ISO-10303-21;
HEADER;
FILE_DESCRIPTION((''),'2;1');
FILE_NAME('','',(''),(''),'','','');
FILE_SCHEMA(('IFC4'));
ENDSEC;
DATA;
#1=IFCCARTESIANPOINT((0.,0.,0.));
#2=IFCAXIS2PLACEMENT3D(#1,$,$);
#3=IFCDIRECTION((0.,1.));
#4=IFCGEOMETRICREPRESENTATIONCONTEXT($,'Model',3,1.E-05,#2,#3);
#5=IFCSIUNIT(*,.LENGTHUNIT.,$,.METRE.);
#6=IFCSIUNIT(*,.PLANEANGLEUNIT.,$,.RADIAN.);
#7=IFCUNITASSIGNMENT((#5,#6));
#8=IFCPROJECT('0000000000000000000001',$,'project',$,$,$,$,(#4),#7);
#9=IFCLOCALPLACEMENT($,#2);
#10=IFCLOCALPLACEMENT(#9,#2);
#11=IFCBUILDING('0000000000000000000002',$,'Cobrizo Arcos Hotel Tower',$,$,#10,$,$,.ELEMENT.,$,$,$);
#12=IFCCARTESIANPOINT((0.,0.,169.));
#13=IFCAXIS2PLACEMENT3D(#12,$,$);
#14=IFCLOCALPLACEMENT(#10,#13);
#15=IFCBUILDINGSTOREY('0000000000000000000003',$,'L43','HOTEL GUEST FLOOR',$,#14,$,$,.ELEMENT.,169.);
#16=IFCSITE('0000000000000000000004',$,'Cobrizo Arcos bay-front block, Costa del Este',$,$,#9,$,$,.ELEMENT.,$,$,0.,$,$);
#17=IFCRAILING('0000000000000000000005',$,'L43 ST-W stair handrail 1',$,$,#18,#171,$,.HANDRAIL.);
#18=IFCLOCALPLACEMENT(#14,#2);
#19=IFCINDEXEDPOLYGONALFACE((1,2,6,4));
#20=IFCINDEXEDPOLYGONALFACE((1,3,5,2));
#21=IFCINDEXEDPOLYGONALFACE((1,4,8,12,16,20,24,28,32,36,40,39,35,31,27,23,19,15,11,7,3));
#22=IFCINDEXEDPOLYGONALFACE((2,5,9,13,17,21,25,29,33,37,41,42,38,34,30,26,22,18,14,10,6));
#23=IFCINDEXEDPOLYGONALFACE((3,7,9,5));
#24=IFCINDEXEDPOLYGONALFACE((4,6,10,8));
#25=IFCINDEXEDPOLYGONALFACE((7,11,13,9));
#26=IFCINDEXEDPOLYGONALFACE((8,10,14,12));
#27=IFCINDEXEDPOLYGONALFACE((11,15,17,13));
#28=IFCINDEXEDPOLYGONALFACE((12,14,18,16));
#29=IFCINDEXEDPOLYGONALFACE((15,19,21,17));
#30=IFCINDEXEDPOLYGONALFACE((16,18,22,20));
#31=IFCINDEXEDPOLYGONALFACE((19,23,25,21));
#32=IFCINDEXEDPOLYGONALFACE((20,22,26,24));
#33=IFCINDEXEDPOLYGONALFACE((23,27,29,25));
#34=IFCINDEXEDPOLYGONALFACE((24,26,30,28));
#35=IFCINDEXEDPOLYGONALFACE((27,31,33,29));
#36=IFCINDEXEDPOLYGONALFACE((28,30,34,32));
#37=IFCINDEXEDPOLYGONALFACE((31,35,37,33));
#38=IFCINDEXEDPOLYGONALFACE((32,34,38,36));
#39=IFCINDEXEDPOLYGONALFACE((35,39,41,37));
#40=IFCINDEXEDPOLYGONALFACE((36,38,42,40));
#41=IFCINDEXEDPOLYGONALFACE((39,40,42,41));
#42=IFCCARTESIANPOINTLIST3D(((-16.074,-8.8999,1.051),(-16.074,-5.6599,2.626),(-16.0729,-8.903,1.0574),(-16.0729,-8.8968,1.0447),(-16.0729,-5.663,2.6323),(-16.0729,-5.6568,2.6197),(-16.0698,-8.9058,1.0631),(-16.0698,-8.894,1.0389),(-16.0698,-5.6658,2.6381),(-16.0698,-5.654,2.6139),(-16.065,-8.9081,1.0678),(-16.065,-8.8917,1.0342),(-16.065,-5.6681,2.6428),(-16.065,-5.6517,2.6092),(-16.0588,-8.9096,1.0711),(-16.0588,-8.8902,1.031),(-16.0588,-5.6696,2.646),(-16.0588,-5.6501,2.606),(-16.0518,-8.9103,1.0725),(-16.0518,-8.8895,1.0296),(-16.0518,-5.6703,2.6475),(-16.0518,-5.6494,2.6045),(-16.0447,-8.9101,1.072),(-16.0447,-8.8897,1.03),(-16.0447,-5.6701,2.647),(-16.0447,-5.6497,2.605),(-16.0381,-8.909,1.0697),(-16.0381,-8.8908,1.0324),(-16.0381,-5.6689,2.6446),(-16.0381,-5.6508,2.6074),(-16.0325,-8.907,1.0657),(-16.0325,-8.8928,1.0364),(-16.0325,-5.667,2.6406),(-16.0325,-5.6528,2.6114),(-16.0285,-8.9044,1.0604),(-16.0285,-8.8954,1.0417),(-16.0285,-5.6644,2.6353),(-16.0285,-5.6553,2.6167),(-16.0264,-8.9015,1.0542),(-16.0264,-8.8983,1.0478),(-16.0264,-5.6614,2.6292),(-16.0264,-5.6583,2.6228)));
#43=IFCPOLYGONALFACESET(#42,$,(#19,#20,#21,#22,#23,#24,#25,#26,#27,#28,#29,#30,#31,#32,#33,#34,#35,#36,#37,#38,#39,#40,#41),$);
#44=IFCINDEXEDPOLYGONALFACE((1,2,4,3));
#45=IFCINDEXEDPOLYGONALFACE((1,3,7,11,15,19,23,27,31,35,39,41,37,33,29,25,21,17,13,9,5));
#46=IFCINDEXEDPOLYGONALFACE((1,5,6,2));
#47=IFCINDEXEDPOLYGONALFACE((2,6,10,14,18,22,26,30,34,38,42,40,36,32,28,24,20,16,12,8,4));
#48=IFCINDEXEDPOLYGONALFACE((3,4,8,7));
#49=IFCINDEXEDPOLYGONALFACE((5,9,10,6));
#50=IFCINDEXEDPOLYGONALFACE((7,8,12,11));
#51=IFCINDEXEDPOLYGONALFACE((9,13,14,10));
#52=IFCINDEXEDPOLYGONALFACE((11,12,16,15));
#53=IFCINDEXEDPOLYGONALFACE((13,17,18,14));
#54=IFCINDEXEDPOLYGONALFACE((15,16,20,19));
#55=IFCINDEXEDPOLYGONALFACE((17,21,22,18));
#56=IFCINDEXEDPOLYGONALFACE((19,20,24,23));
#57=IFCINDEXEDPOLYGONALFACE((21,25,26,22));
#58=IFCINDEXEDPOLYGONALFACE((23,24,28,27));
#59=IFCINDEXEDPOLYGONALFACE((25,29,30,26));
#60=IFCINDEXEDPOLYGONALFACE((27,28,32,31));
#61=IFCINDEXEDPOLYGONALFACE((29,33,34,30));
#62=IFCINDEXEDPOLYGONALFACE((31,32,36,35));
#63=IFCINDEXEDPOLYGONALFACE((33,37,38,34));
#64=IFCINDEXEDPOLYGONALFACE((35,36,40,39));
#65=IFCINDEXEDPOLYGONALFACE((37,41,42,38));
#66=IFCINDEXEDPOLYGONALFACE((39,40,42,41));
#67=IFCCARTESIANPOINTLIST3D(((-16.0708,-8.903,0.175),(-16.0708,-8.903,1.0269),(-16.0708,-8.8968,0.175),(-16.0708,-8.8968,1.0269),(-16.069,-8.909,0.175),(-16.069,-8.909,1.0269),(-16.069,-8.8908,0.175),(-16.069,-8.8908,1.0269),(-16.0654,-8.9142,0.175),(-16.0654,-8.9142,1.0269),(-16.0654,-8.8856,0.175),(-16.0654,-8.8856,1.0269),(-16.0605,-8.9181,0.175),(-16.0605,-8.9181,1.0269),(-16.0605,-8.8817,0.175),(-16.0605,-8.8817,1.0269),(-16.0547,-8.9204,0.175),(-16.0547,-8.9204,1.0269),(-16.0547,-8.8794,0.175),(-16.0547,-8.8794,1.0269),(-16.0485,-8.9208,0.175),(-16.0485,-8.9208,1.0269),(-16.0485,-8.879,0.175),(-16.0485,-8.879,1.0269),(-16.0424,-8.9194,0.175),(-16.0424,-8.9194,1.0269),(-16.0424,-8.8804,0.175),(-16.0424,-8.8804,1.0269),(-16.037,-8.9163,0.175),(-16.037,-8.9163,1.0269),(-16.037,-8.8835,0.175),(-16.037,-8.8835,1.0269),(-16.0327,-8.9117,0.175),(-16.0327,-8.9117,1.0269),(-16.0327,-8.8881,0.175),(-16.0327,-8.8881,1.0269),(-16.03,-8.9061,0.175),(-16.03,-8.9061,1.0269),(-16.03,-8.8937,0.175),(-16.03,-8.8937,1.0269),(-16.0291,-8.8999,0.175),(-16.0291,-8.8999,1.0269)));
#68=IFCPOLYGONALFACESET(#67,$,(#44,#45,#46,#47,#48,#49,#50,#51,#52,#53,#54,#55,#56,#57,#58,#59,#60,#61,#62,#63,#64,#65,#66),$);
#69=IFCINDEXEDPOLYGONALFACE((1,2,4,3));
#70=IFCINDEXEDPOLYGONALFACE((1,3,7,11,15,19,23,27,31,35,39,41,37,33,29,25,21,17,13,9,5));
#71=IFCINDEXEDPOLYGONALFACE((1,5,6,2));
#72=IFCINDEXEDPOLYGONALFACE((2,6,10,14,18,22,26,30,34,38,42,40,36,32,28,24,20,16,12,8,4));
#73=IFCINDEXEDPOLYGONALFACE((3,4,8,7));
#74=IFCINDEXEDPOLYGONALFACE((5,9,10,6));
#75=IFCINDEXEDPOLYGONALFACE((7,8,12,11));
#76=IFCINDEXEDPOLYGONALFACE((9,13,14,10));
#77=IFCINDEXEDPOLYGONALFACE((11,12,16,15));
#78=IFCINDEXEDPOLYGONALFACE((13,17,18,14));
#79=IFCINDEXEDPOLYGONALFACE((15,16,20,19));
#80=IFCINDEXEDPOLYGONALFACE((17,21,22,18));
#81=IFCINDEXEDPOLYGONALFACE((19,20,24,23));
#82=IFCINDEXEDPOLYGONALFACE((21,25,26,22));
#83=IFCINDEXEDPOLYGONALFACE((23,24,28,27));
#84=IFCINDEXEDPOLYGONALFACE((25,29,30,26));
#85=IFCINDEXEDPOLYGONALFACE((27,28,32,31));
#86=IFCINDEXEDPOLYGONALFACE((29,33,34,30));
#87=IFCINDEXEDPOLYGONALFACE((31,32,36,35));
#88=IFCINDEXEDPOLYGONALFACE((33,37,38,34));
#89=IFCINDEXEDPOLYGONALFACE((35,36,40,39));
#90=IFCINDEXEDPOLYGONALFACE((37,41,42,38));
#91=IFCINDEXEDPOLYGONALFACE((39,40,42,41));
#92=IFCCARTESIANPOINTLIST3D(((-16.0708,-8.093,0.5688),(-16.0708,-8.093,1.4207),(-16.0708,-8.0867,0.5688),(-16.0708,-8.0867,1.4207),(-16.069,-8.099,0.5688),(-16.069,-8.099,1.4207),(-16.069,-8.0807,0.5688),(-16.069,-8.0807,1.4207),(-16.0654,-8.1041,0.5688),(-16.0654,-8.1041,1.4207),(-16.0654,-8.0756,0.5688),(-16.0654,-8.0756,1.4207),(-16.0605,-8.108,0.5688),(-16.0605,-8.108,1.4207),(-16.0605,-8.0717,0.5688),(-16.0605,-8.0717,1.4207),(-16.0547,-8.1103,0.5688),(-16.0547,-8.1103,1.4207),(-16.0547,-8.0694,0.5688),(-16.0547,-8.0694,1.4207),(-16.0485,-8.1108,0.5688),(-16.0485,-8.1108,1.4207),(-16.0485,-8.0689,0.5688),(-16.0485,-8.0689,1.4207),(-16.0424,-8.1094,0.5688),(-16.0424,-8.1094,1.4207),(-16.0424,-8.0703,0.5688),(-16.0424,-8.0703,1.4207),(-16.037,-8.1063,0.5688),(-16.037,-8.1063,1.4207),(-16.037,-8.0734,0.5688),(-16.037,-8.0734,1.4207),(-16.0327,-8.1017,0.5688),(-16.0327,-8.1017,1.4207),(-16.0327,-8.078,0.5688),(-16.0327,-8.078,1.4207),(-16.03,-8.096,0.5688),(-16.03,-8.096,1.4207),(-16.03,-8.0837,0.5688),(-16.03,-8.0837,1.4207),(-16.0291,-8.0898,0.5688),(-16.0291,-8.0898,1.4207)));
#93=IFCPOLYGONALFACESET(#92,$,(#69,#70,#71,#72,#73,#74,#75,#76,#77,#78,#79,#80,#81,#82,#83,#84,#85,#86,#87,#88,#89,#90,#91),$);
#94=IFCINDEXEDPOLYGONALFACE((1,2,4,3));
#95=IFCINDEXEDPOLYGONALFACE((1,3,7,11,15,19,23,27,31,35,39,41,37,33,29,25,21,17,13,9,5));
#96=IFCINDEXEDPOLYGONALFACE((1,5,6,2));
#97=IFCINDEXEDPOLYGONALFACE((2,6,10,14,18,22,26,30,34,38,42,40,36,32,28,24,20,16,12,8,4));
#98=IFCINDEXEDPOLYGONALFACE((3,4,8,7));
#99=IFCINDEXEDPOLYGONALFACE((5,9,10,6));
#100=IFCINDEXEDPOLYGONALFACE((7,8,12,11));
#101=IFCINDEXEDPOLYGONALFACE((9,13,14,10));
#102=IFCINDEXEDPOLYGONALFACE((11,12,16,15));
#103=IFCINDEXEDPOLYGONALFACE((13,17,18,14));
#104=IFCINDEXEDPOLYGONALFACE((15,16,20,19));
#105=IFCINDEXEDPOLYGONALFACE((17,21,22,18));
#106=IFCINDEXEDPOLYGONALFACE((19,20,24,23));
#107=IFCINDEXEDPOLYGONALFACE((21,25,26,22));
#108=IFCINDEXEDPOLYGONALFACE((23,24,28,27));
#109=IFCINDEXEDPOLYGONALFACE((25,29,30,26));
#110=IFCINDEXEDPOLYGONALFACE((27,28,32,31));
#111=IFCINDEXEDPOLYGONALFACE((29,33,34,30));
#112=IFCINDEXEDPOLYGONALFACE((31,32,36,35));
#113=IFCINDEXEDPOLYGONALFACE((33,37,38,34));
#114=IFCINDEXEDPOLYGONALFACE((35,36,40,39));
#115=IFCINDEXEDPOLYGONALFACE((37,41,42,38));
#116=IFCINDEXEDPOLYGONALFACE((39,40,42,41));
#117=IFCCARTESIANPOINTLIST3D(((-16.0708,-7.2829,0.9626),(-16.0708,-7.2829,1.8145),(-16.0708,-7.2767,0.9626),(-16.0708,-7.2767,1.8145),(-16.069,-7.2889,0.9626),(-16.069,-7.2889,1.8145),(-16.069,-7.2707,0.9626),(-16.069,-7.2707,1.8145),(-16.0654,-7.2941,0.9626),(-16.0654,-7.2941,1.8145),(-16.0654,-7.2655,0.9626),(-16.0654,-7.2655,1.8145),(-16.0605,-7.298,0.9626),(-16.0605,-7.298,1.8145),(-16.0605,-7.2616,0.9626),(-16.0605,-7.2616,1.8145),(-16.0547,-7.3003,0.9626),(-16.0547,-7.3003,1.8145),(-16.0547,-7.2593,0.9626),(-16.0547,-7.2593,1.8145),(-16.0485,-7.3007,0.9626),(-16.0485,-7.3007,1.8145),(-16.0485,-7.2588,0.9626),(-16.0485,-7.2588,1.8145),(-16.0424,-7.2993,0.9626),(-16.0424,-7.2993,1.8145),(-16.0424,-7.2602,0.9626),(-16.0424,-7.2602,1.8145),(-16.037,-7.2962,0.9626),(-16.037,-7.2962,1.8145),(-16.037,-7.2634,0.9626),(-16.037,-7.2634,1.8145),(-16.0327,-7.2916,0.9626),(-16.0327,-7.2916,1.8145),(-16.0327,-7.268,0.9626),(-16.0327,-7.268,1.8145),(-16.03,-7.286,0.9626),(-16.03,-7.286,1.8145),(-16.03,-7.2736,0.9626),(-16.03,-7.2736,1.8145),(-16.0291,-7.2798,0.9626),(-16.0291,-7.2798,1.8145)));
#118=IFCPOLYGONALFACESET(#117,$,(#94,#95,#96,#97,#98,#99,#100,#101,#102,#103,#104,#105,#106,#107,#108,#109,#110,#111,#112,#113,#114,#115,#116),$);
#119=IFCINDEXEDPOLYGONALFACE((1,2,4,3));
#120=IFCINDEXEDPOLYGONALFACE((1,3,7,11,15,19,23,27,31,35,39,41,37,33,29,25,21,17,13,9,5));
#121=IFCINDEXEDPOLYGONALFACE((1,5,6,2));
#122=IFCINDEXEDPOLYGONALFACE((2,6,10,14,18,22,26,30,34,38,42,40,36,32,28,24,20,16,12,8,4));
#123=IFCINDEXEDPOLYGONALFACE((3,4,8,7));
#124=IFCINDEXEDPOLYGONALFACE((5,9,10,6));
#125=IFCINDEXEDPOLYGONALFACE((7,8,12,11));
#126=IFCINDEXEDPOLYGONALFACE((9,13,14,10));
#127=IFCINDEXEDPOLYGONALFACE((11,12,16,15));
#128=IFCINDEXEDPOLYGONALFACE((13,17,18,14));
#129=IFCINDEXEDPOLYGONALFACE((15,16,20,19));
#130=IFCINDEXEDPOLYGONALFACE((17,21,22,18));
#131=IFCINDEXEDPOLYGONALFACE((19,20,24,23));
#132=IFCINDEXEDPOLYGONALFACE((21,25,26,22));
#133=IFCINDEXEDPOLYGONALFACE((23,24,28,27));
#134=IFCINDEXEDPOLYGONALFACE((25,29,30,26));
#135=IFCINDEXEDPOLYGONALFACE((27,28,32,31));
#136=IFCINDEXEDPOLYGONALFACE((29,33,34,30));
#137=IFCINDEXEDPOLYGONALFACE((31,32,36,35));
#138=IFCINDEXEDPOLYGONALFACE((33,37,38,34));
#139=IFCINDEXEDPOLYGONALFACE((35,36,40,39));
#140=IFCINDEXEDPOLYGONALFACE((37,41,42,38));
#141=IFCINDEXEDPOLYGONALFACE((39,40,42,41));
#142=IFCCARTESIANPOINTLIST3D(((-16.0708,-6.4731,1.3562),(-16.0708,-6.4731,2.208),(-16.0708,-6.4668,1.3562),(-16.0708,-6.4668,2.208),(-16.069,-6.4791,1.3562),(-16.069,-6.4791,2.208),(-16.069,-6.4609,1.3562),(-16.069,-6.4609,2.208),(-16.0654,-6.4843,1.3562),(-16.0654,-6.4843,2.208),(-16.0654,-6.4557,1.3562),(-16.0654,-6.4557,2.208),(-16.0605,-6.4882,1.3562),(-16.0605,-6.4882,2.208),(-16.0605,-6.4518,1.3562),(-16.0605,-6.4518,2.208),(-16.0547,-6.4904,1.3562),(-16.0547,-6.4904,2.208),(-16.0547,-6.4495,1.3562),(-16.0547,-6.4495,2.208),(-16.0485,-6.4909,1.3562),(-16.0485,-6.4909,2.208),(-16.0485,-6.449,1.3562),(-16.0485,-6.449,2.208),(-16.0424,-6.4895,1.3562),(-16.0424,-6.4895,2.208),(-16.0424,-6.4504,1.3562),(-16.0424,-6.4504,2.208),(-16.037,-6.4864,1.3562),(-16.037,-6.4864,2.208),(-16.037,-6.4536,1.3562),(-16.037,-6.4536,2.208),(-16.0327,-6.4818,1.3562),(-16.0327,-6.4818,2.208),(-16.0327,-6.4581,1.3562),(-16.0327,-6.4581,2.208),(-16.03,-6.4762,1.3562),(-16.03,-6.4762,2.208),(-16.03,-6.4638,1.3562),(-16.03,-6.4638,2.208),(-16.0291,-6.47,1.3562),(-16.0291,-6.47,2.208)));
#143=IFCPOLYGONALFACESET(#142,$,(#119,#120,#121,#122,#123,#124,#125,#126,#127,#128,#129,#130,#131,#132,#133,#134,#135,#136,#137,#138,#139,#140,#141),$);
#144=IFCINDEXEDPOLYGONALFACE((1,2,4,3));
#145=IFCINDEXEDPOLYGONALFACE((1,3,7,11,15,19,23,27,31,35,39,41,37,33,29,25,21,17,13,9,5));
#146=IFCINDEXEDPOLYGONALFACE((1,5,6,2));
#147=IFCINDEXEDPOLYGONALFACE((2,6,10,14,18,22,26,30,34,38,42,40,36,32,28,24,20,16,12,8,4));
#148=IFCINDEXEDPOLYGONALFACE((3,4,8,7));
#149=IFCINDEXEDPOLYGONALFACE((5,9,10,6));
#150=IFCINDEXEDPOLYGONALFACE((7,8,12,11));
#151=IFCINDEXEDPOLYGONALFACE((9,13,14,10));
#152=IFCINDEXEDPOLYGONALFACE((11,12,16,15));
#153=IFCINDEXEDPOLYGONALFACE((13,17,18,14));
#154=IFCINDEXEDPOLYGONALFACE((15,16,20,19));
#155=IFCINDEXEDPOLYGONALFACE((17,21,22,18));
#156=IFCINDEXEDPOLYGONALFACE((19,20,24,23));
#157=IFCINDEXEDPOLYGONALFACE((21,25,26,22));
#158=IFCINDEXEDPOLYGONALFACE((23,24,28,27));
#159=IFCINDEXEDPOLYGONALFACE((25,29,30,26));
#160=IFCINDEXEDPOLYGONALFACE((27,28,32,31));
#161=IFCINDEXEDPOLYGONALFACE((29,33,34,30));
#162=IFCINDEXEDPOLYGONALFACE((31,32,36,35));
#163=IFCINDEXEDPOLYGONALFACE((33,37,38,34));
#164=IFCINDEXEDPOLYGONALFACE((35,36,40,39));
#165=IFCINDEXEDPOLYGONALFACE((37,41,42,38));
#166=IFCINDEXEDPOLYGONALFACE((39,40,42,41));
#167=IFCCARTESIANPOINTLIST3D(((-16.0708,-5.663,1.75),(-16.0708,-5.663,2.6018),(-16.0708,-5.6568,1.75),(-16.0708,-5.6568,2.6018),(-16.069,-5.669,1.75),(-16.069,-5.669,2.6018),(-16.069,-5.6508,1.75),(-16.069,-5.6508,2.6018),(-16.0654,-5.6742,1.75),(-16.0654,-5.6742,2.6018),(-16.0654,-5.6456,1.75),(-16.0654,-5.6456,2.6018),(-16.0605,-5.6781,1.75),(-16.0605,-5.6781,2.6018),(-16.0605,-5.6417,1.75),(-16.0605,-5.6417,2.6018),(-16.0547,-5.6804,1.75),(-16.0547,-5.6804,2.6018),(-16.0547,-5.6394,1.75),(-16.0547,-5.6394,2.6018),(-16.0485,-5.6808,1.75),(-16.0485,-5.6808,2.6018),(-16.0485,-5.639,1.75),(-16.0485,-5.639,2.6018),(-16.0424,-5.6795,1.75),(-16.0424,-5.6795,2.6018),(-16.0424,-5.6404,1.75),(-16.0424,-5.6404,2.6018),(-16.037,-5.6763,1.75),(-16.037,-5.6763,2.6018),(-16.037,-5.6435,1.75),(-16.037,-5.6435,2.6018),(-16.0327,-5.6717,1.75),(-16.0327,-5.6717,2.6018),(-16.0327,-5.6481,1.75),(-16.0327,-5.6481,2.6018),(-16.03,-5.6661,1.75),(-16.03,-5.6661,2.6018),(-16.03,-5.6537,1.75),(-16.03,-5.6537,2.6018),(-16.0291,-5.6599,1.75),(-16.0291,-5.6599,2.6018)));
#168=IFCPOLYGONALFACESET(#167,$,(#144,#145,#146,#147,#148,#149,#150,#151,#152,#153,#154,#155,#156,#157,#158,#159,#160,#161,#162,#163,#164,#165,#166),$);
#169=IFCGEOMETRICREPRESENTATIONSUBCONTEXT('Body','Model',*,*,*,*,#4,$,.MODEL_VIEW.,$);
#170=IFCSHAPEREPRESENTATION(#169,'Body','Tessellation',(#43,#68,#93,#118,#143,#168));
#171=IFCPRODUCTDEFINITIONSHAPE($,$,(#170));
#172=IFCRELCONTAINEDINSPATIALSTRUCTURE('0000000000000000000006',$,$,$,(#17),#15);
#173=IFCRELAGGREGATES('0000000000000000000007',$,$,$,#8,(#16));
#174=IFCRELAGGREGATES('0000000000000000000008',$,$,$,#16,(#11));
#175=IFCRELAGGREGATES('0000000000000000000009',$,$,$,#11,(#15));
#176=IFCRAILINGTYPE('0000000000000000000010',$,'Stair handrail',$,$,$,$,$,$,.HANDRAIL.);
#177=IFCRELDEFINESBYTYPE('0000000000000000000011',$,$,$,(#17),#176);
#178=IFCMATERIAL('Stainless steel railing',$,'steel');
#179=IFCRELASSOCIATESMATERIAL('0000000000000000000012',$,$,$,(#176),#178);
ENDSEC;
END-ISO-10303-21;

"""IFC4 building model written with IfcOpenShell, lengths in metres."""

from ifc_helpers import new_model, si_unit, direction, frame, origin, origin_2d, place, context, subcontext, project, spatial, circle, extrude, material, type_object, element, save


model = new_model("IFC4")

# Units and contexts
model_context = context("Model", 3, precision=1e-05, world=origin(), true_north=direction((0.0, 1.0)))
body_context = subcontext(model_context, "Body", "Model", "MODEL_VIEW")
ifc_project = project(units=[si_unit("LENGTHUNIT", "METRE"), si_unit("PLANEANGLEUNIT", "RADIAN")], contexts=[model_context])

# Site, building, storey
site_placement = place(None, origin())
site = spatial("IfcSite", under=ifc_project, at=site_placement, Name="Cobrizo Arcos bay-front block, Costa del Este", CompositionType="ELEMENT", RefElevation=0.0)
building_placement = place(site_placement, origin())
building = spatial("IfcBuilding", under=site, at=building_placement, Name="Cobrizo Arcos Hotel Tower", CompositionType="ELEMENT")
storey_placement = place(building_placement, frame((0.0, 0.0, 169.0)))
storey = spatial("IfcBuildingStorey", under=building, at=storey_placement, Name="L43", Description="HOTEL GUEST FLOOR", CompositionType="ELEMENT", Elevation=169.0)

# Railing
ifc_material_1 = material(Name="Stainless steel railing", Category="steel")
railing_type = type_object("IfcRailingType", Name="Stair handrail", PredefinedType="HANDRAIL", material=ifc_material_1)
railing_placement = place(storey_placement, frame((-16.05, -8.8999, 0.175)))
element("IfcRailing", 1, at=railing_placement, inside=storey, type_object=railing_type, Name="L43 ST-W stair handrail 1", PredefinedType="HANDRAIL", context=body_context, shape_type="SweptSolid", body=[
    extrude(circle(Radius=0.0239, at=origin_2d()), frame((0.0, 0.0, 0.876), z_axis=(0.0, 0.899373, 0.437183), x_axis=(-1.0, 0.0, 0.0)), (0.0, 0.0, 1.0), 3.6025),
    extrude(circle(Radius=0.021, at=origin_2d()), origin(), (0.0, 0.0, 1.0), 0.8518),
    extrude(circle(Radius=0.021, at=origin_2d()), frame((0.0, 0.8101, 0.3938)), (0.0, 0.0, 1.0), 0.8518),
    extrude(circle(Radius=0.021, at=origin_2d()), frame((0.0, 1.6201, 0.7876)), (0.0, 0.0, 1.0), 0.8518),
    extrude(circle(Radius=0.021, at=origin_2d()), frame((0.0, 2.4299, 1.1812)), (0.0, 0.0, 1.0), 0.8518),
    extrude(circle(Radius=0.021, at=origin_2d()), frame((0.0, 3.24, 1.575)), (0.0, 0.0, 1.0), 0.8518),
])

save(model, "model.ifc")
